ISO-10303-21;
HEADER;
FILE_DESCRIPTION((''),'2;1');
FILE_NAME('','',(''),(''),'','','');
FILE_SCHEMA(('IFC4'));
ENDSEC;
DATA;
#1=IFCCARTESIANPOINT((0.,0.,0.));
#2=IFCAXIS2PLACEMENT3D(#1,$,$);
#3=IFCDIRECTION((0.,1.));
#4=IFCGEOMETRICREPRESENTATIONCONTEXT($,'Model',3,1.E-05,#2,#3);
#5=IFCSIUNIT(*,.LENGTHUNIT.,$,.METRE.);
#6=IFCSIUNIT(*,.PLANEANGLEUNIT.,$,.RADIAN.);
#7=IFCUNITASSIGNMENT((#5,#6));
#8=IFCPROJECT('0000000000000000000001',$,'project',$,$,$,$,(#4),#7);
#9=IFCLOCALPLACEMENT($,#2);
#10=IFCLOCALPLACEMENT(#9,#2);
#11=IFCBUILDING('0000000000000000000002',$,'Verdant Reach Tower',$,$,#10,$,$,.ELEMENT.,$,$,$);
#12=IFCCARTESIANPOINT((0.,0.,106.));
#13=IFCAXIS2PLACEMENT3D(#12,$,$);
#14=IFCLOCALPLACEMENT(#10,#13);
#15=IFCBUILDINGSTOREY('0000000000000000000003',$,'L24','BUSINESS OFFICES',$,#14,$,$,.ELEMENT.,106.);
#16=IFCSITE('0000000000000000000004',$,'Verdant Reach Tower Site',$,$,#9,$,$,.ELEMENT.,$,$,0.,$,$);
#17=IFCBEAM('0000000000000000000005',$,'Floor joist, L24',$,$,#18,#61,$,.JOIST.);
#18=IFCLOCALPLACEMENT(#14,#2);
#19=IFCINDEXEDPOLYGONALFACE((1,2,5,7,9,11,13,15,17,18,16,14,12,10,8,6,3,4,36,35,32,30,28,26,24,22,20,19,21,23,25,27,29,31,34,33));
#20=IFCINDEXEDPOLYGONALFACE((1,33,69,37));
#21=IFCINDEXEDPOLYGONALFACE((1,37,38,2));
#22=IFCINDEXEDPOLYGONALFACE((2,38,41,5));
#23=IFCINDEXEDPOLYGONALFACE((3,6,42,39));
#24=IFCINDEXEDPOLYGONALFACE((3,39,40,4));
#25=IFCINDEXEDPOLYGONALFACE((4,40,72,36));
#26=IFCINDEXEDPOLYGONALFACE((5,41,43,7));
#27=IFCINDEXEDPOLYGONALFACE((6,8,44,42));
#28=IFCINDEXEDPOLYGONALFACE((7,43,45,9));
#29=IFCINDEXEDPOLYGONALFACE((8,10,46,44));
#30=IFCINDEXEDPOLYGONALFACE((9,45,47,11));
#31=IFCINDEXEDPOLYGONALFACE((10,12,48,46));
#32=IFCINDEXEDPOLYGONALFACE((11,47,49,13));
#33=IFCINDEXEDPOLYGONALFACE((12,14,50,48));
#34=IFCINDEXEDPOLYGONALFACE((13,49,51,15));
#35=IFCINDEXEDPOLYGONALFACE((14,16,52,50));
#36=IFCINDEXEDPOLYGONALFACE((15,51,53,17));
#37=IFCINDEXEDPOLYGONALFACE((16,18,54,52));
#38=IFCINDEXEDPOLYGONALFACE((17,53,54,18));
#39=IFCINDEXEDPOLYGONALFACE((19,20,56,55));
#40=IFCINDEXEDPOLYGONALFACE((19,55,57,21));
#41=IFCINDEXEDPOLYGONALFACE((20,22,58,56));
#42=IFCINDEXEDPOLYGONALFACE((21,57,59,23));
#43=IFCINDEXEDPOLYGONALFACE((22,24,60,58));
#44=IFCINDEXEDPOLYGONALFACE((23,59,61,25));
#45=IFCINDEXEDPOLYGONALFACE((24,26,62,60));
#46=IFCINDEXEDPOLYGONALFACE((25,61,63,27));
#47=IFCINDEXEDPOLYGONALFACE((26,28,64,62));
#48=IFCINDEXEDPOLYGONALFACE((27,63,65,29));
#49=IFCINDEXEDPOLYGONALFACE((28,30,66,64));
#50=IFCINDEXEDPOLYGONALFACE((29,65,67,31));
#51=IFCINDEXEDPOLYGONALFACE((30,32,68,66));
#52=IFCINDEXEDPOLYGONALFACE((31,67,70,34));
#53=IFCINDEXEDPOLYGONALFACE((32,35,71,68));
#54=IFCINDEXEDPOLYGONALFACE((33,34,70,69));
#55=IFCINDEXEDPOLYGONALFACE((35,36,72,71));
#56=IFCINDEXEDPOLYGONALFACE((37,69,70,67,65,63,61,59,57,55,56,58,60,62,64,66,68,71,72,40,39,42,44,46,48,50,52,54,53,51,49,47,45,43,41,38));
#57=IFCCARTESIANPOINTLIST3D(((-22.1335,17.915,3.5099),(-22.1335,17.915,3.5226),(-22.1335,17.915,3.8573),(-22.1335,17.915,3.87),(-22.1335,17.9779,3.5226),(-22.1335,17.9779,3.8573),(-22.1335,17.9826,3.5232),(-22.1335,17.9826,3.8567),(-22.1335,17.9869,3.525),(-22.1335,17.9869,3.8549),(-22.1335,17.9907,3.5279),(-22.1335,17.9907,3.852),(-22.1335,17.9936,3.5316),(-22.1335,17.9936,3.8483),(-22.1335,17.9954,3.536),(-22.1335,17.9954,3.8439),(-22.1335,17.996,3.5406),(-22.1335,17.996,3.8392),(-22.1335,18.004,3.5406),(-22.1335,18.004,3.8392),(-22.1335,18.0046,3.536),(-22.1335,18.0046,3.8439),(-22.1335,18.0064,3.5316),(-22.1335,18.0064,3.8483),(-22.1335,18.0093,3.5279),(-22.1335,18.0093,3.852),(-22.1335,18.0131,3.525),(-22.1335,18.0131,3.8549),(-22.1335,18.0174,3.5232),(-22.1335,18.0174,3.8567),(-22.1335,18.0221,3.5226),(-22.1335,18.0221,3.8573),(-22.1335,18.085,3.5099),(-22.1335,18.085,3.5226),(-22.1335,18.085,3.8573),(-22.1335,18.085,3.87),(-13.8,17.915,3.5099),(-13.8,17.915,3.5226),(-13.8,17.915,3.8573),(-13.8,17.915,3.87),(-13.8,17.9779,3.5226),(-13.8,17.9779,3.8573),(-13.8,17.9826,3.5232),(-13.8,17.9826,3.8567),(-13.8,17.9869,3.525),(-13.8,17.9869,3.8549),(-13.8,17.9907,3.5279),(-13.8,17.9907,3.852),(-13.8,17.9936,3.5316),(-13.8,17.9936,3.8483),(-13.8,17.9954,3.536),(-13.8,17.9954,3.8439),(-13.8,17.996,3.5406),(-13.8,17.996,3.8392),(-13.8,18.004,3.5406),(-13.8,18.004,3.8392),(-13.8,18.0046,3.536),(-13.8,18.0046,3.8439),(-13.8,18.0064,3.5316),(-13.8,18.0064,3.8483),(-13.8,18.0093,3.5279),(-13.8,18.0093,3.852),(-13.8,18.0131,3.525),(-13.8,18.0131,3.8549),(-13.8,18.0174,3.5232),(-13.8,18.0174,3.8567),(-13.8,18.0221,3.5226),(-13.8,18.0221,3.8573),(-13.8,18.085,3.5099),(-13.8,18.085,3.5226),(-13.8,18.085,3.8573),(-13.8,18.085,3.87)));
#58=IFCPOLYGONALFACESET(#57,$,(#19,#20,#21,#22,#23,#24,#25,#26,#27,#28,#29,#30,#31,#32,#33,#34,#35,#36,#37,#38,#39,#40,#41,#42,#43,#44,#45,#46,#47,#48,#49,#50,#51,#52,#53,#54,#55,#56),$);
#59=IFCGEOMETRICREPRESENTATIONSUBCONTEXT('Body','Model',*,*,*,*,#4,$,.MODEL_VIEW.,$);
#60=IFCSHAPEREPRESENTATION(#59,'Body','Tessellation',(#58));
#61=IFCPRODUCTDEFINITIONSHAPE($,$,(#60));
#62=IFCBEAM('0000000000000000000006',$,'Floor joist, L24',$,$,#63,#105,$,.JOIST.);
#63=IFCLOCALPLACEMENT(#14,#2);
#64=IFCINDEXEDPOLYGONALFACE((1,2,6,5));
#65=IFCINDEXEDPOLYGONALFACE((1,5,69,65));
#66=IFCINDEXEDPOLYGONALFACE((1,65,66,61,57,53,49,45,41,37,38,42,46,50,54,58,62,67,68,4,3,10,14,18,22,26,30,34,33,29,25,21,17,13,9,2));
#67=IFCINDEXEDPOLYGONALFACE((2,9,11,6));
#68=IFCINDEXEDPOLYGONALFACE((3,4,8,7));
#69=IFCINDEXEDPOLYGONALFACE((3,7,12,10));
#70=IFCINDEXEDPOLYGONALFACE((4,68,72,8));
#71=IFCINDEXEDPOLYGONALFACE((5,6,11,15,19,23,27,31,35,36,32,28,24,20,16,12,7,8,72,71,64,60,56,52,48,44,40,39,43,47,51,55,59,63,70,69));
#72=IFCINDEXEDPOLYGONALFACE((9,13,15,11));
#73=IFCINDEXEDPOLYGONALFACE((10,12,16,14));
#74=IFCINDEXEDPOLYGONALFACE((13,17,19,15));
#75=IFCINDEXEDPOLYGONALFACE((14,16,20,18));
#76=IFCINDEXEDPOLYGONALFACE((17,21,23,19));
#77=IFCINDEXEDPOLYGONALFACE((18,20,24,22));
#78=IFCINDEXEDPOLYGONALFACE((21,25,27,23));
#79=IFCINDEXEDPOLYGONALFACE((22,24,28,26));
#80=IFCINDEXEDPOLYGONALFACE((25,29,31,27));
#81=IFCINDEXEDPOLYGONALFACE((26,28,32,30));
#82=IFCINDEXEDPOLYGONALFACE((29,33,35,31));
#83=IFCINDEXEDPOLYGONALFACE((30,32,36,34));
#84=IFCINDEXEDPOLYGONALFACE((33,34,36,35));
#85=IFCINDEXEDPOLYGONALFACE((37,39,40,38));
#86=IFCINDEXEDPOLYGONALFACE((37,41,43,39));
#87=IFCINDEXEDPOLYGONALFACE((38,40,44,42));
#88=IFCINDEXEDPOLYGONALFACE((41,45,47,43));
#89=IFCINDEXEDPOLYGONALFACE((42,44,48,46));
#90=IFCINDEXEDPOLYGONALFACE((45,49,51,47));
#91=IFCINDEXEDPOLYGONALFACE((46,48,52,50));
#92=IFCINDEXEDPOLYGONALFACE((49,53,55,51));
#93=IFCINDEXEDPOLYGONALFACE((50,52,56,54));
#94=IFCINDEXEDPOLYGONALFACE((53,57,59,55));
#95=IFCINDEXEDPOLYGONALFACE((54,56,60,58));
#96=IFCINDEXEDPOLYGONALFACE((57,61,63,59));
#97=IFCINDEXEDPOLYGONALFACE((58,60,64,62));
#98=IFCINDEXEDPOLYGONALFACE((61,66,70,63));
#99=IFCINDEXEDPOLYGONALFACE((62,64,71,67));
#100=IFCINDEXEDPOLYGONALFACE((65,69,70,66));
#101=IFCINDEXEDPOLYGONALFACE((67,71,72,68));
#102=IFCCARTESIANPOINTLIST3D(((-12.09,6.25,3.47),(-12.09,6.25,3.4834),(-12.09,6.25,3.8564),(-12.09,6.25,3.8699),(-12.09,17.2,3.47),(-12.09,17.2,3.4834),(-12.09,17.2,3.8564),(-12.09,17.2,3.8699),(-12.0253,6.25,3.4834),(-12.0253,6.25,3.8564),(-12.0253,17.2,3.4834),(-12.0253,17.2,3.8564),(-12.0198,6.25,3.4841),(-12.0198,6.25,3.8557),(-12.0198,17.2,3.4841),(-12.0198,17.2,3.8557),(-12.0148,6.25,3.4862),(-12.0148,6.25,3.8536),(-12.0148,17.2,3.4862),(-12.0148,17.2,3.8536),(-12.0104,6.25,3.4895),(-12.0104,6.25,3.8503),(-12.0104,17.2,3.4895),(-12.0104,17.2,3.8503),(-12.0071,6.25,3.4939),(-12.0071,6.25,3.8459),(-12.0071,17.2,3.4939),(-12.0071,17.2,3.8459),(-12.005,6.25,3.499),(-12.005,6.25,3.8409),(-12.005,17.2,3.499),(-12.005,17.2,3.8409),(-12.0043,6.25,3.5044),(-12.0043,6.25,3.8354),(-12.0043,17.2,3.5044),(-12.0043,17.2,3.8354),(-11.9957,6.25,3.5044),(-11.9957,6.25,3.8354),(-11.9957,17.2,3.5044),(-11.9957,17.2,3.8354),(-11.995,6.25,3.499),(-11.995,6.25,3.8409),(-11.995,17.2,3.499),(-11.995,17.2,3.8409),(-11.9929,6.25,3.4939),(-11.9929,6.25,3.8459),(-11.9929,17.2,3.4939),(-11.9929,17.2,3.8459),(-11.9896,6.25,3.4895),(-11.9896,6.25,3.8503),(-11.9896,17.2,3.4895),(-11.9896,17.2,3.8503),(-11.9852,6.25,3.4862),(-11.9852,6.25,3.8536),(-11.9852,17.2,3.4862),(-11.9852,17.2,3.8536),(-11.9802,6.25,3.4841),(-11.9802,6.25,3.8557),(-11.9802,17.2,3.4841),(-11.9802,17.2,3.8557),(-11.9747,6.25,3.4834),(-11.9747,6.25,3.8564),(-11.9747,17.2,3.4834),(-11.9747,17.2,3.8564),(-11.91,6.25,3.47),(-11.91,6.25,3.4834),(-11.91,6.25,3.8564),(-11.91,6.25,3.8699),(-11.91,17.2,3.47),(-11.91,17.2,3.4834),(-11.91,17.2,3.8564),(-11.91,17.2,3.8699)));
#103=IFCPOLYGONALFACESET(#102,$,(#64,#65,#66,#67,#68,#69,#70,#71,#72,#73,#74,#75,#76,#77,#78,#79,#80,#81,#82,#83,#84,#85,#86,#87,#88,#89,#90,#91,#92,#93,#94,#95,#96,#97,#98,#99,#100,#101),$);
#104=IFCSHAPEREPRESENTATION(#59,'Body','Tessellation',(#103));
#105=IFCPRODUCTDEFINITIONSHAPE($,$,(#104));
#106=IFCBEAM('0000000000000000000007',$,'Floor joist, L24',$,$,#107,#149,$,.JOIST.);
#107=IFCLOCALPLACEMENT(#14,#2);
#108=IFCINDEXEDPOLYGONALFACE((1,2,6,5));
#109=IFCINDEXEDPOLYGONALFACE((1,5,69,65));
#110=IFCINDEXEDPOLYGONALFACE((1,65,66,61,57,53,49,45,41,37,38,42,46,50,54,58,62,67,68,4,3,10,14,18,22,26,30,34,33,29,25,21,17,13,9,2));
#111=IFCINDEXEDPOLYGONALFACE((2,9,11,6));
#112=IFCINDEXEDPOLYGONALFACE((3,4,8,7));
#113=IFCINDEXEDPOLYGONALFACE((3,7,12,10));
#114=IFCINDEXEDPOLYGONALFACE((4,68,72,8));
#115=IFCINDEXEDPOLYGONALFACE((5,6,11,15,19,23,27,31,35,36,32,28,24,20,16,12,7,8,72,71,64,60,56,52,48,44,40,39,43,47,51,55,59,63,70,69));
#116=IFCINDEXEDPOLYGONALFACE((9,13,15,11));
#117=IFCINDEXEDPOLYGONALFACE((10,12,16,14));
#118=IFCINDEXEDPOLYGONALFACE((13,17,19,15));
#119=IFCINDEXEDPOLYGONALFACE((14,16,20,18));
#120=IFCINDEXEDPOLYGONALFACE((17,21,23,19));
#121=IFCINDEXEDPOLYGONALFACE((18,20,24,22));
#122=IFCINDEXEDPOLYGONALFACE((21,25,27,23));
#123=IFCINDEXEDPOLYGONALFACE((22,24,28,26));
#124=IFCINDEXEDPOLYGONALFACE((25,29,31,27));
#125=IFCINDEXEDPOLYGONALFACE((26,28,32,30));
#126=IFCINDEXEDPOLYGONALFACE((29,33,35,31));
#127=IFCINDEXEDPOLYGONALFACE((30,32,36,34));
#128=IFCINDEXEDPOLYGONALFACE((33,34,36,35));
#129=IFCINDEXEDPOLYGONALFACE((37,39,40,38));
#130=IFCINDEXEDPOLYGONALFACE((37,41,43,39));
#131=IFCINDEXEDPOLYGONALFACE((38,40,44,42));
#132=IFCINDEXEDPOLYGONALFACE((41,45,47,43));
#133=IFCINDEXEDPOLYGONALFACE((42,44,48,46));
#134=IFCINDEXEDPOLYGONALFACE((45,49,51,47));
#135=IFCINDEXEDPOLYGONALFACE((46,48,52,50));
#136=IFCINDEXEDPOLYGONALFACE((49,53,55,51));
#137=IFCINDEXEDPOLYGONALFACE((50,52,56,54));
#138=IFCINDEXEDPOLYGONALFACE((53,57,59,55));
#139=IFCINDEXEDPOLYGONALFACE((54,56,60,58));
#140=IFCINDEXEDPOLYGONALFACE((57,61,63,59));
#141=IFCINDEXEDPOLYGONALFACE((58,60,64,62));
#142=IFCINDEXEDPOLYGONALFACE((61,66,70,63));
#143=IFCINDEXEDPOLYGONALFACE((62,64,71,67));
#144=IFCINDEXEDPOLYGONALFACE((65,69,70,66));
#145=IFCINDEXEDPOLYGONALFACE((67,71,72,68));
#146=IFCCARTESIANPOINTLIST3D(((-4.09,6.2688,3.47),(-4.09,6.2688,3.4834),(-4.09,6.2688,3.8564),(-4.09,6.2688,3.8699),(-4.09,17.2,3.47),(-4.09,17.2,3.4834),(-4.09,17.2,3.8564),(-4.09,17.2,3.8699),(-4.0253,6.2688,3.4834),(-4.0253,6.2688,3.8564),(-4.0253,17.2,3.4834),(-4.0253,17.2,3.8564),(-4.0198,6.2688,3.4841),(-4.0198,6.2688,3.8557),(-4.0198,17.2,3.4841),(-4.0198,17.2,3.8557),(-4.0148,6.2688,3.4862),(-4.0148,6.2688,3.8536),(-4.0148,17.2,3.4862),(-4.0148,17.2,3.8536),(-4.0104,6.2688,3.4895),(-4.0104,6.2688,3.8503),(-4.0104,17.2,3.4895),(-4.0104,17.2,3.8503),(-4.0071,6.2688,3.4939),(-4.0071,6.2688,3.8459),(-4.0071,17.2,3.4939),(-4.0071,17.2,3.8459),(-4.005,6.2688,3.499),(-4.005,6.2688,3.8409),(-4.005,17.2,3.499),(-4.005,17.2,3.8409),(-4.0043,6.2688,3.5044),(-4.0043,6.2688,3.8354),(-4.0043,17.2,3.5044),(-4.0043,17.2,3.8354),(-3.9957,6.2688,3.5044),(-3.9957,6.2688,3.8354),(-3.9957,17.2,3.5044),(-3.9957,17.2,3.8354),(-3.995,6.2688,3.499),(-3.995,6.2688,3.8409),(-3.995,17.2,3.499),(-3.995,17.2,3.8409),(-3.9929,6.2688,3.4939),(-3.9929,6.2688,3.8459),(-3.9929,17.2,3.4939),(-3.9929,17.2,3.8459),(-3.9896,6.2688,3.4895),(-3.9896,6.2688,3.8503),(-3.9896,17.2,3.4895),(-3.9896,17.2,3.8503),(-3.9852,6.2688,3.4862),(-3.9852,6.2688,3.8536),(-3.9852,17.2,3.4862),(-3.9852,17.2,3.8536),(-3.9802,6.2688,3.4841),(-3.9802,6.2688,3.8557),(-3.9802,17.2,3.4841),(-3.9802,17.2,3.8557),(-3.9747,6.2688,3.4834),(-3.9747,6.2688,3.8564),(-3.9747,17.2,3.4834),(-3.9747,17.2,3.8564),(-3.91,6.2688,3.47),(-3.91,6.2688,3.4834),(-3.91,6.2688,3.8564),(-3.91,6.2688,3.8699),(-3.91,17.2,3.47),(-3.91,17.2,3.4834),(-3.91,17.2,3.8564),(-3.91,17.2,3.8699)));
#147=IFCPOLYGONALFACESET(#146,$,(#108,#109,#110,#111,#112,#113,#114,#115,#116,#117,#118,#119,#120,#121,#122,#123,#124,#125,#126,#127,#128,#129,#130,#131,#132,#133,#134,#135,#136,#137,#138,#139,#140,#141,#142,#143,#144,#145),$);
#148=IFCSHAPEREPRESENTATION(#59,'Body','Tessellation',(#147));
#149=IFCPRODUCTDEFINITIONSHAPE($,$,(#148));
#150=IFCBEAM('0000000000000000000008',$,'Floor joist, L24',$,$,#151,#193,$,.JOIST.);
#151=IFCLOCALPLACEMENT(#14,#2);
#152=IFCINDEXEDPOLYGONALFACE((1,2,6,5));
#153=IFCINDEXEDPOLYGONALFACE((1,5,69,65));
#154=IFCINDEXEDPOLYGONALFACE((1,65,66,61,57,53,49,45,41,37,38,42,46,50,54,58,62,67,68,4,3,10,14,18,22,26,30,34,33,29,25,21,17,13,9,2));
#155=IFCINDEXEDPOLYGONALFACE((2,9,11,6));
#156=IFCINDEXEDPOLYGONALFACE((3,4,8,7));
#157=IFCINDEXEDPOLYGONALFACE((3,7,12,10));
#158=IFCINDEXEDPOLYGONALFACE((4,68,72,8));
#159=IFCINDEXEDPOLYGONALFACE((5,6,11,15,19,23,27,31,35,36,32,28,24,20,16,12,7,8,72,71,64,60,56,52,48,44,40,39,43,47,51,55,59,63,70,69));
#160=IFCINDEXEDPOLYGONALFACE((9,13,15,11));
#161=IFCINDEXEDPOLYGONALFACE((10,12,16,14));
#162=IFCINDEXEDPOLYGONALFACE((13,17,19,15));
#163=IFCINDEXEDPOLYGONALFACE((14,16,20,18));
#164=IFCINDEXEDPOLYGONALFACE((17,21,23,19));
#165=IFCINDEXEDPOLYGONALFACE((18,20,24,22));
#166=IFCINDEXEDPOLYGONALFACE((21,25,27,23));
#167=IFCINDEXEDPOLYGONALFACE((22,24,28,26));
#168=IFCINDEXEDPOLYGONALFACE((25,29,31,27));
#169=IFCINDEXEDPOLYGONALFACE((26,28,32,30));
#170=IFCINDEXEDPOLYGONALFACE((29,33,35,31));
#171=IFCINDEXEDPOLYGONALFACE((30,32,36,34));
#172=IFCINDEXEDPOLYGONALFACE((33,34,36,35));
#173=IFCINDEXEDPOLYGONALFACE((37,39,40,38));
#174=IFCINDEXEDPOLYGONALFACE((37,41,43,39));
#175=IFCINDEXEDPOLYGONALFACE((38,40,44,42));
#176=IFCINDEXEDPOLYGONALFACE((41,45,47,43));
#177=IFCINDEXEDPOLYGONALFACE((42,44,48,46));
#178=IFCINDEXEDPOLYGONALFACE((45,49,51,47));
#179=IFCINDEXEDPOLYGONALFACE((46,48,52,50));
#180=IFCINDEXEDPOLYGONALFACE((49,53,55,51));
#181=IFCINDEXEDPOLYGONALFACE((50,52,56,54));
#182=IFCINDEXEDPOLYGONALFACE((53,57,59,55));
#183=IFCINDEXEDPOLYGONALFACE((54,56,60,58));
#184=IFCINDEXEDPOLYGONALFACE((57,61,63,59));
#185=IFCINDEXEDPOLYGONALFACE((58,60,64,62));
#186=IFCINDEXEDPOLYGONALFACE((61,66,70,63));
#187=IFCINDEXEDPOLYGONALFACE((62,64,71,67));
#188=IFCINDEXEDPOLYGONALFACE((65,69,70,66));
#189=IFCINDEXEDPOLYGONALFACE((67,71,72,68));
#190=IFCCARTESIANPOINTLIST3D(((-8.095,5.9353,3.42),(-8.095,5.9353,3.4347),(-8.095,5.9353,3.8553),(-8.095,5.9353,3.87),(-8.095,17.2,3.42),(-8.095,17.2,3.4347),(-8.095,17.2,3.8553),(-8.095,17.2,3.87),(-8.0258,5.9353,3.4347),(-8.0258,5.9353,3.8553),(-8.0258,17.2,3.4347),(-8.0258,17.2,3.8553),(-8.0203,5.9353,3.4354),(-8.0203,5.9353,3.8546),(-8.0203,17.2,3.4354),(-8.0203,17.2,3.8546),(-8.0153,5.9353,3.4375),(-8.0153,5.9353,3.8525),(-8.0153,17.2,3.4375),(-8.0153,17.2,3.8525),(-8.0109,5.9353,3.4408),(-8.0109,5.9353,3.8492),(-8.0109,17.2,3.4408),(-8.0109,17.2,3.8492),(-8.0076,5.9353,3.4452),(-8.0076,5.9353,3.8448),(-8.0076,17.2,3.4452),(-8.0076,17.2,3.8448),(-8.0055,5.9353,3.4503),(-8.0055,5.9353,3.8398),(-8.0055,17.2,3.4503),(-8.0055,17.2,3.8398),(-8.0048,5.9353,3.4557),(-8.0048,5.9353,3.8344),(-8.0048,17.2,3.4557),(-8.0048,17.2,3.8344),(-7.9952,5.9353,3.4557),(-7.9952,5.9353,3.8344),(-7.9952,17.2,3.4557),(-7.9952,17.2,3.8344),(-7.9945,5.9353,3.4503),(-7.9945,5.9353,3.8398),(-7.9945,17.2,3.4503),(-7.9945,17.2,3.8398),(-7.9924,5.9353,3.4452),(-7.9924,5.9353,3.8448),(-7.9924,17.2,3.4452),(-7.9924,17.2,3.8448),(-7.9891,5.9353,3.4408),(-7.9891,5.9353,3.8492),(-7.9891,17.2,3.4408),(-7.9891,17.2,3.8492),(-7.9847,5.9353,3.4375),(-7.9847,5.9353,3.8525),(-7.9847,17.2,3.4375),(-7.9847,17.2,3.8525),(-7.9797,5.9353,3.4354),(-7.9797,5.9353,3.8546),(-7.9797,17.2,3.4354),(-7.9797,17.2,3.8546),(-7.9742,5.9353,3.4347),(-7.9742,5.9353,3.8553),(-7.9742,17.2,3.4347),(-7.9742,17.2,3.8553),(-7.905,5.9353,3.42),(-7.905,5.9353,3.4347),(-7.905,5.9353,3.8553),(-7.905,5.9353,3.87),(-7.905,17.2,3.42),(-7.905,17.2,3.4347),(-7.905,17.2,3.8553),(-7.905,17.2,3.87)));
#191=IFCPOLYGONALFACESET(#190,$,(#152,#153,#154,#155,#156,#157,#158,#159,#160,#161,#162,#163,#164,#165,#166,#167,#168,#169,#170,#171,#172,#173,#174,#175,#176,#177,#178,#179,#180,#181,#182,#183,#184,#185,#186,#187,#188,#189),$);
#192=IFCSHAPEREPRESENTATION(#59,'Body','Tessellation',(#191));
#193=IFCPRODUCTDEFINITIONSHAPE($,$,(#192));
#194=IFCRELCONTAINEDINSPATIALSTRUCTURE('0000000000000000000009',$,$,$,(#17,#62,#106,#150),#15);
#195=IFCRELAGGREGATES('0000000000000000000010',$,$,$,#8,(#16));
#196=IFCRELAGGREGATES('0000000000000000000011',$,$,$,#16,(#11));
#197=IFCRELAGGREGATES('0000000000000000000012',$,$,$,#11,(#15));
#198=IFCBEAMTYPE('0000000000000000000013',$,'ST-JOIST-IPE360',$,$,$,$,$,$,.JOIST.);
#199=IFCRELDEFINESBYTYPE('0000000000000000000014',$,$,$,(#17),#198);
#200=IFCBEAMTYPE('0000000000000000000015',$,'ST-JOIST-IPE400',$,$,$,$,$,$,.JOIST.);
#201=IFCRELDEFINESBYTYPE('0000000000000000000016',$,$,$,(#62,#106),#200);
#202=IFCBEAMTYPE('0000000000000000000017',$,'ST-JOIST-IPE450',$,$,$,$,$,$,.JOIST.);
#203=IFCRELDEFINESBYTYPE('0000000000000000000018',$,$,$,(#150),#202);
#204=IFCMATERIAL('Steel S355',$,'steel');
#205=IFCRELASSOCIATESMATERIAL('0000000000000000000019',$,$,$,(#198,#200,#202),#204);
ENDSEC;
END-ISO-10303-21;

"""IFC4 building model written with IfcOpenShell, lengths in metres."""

from ifc_helpers import new_model, si_unit, direction, frame, origin, origin_2d, place, context, subcontext, project, spatial, i_section, extrude, material, material_profile, profile_set, type_object, element, save


model = new_model("IFC4")

# Units and contexts
model_context = context("Model", 3, precision=1e-05, world=origin(), true_north=direction((0.0, 1.0)))
body_context = subcontext(model_context, "Body", "Model", "MODEL_VIEW")
ifc_project = project(units=[si_unit("LENGTHUNIT", "METRE"), si_unit("PLANEANGLEUNIT", "RADIAN")], contexts=[model_context])

# Site, building, storey
site_placement = place(None, origin())
site = spatial("IfcSite", under=ifc_project, at=site_placement, Name="Verdant Reach Tower Site", CompositionType="ELEMENT", RefElevation=0.0)
building_placement = place(site_placement, origin())
building = spatial("IfcBuilding", under=site, at=building_placement, Name="Verdant Reach Tower", CompositionType="ELEMENT")
storey_placement = place(building_placement, frame((0.0, 0.0, 106.0)))
storey = spatial("IfcBuildingStorey", under=building, at=storey_placement, Name="L24", Description="BUSINESS OFFICES", CompositionType="ELEMENT", Elevation=106.0)

# Beams
ifc_material_1 = material(Name="Steel S355", Category="steel")
ifc_material_profile_1 = material_profile(ifc_material_1, i_section(OverallWidth=0.1699, OverallDepth=0.3601, WebThickness=0.0081, FlangeThickness=0.0127, FilletRadius=0.0181, at=origin_2d()), Name="IPE 360")
ifc_profile_set_1 = profile_set([ifc_material_profile_1], Name="Steel S355")
beam_type_1 = type_object("IfcBeamType", Name="ST-JOIST-IPE360", PredefinedType="JOIST", material=ifc_profile_set_1)
beam_1_placement = place(storey_placement, frame((-13.8, 18.0, 3.6899), z_axis=(-1.0, 0.0, 0.0), x_axis=(0.0, -1.0, 0.0)))
element("IfcBeam", 1, at=beam_1_placement, inside=storey, type_object=beam_type_1, Name="Floor joist, L24", PredefinedType="JOIST", context=body_context, shape_type="SweptSolid", body=[
    extrude(i_section(OverallWidth=0.1699, OverallDepth=0.3601, WebThickness=0.0081, FlangeThickness=0.0127, FilletRadius=0.0181, at=origin_2d()), origin(), (0.0, 0.0, 1.0), 8.3335),
])
ifc_material_profile_2 = material_profile(ifc_material_1, i_section(OverallWidth=0.1799, OverallDepth=0.3999, WebThickness=0.0085, FlangeThickness=0.0134, FilletRadius=0.021, at=origin_2d()), Name="IPE 400")
ifc_profile_set_2 = profile_set([ifc_material_profile_2], Name="Steel S355")
beam_type_2 = type_object("IfcBeamType", Name="ST-JOIST-IPE400", PredefinedType="JOIST", material=ifc_profile_set_2)
beam_2_placement = place(storey_placement, frame((-12.0, 17.2, 3.6699), z_axis=(0.0, -1.0, 0.0), x_axis=(1.0, 0.0, 0.0)))
element("IfcBeam", 2, at=beam_2_placement, inside=storey, type_object=beam_type_2, Name="Floor joist, L24", PredefinedType="JOIST", context=body_context, shape_type="SweptSolid", body=[
    extrude(i_section(OverallWidth=0.1799, OverallDepth=0.3999, WebThickness=0.0085, FlangeThickness=0.0134, FilletRadius=0.021, at=origin_2d()), origin(), (0.0, 0.0, 1.0), 10.95),
])
beam_3_placement = place(storey_placement, frame((-4.0, 17.2, 3.6699), z_axis=(0.0, -1.0, 0.0), x_axis=(1.0, 0.0, 0.0)))
element("IfcBeam", 3, at=beam_3_placement, inside=storey, type_object=beam_type_2, Name="Floor joist, L24", PredefinedType="JOIST", context=body_context, shape_type="SweptSolid", body=[
    extrude(i_section(OverallWidth=0.1799, OverallDepth=0.3999, WebThickness=0.0085, FlangeThickness=0.0134, FilletRadius=0.021, at=origin_2d()), origin(), (0.0, 0.0, 1.0), 10.9312),
])
ifc_material_profile_3 = material_profile(ifc_material_1, i_section(OverallWidth=0.1899, OverallDepth=0.45, WebThickness=0.0095, FlangeThickness=0.0146, FilletRadius=0.021, at=origin_2d()), Name="IPE 450")
ifc_profile_set_3 = profile_set([ifc_material_profile_3], Name="Steel S355")
beam_type_3 = type_object("IfcBeamType", Name="ST-JOIST-IPE450", PredefinedType="JOIST", material=ifc_profile_set_3)
beam_4_placement = place(storey_placement, frame((-8.0, 17.2, 3.645), z_axis=(0.0, -1.0, 0.0), x_axis=(1.0, 0.0, 0.0)))
element("IfcBeam", 4, at=beam_4_placement, inside=storey, type_object=beam_type_3, Name="Floor joist, L24", PredefinedType="JOIST", context=body_context, shape_type="SweptSolid", body=[
    extrude(i_section(OverallWidth=0.1899, OverallDepth=0.45, WebThickness=0.0095, FlangeThickness=0.0146, FilletRadius=0.021, at=origin_2d()), origin(), (0.0, 0.0, 1.0), 11.2646),
])

save(model, "model.ifc")
